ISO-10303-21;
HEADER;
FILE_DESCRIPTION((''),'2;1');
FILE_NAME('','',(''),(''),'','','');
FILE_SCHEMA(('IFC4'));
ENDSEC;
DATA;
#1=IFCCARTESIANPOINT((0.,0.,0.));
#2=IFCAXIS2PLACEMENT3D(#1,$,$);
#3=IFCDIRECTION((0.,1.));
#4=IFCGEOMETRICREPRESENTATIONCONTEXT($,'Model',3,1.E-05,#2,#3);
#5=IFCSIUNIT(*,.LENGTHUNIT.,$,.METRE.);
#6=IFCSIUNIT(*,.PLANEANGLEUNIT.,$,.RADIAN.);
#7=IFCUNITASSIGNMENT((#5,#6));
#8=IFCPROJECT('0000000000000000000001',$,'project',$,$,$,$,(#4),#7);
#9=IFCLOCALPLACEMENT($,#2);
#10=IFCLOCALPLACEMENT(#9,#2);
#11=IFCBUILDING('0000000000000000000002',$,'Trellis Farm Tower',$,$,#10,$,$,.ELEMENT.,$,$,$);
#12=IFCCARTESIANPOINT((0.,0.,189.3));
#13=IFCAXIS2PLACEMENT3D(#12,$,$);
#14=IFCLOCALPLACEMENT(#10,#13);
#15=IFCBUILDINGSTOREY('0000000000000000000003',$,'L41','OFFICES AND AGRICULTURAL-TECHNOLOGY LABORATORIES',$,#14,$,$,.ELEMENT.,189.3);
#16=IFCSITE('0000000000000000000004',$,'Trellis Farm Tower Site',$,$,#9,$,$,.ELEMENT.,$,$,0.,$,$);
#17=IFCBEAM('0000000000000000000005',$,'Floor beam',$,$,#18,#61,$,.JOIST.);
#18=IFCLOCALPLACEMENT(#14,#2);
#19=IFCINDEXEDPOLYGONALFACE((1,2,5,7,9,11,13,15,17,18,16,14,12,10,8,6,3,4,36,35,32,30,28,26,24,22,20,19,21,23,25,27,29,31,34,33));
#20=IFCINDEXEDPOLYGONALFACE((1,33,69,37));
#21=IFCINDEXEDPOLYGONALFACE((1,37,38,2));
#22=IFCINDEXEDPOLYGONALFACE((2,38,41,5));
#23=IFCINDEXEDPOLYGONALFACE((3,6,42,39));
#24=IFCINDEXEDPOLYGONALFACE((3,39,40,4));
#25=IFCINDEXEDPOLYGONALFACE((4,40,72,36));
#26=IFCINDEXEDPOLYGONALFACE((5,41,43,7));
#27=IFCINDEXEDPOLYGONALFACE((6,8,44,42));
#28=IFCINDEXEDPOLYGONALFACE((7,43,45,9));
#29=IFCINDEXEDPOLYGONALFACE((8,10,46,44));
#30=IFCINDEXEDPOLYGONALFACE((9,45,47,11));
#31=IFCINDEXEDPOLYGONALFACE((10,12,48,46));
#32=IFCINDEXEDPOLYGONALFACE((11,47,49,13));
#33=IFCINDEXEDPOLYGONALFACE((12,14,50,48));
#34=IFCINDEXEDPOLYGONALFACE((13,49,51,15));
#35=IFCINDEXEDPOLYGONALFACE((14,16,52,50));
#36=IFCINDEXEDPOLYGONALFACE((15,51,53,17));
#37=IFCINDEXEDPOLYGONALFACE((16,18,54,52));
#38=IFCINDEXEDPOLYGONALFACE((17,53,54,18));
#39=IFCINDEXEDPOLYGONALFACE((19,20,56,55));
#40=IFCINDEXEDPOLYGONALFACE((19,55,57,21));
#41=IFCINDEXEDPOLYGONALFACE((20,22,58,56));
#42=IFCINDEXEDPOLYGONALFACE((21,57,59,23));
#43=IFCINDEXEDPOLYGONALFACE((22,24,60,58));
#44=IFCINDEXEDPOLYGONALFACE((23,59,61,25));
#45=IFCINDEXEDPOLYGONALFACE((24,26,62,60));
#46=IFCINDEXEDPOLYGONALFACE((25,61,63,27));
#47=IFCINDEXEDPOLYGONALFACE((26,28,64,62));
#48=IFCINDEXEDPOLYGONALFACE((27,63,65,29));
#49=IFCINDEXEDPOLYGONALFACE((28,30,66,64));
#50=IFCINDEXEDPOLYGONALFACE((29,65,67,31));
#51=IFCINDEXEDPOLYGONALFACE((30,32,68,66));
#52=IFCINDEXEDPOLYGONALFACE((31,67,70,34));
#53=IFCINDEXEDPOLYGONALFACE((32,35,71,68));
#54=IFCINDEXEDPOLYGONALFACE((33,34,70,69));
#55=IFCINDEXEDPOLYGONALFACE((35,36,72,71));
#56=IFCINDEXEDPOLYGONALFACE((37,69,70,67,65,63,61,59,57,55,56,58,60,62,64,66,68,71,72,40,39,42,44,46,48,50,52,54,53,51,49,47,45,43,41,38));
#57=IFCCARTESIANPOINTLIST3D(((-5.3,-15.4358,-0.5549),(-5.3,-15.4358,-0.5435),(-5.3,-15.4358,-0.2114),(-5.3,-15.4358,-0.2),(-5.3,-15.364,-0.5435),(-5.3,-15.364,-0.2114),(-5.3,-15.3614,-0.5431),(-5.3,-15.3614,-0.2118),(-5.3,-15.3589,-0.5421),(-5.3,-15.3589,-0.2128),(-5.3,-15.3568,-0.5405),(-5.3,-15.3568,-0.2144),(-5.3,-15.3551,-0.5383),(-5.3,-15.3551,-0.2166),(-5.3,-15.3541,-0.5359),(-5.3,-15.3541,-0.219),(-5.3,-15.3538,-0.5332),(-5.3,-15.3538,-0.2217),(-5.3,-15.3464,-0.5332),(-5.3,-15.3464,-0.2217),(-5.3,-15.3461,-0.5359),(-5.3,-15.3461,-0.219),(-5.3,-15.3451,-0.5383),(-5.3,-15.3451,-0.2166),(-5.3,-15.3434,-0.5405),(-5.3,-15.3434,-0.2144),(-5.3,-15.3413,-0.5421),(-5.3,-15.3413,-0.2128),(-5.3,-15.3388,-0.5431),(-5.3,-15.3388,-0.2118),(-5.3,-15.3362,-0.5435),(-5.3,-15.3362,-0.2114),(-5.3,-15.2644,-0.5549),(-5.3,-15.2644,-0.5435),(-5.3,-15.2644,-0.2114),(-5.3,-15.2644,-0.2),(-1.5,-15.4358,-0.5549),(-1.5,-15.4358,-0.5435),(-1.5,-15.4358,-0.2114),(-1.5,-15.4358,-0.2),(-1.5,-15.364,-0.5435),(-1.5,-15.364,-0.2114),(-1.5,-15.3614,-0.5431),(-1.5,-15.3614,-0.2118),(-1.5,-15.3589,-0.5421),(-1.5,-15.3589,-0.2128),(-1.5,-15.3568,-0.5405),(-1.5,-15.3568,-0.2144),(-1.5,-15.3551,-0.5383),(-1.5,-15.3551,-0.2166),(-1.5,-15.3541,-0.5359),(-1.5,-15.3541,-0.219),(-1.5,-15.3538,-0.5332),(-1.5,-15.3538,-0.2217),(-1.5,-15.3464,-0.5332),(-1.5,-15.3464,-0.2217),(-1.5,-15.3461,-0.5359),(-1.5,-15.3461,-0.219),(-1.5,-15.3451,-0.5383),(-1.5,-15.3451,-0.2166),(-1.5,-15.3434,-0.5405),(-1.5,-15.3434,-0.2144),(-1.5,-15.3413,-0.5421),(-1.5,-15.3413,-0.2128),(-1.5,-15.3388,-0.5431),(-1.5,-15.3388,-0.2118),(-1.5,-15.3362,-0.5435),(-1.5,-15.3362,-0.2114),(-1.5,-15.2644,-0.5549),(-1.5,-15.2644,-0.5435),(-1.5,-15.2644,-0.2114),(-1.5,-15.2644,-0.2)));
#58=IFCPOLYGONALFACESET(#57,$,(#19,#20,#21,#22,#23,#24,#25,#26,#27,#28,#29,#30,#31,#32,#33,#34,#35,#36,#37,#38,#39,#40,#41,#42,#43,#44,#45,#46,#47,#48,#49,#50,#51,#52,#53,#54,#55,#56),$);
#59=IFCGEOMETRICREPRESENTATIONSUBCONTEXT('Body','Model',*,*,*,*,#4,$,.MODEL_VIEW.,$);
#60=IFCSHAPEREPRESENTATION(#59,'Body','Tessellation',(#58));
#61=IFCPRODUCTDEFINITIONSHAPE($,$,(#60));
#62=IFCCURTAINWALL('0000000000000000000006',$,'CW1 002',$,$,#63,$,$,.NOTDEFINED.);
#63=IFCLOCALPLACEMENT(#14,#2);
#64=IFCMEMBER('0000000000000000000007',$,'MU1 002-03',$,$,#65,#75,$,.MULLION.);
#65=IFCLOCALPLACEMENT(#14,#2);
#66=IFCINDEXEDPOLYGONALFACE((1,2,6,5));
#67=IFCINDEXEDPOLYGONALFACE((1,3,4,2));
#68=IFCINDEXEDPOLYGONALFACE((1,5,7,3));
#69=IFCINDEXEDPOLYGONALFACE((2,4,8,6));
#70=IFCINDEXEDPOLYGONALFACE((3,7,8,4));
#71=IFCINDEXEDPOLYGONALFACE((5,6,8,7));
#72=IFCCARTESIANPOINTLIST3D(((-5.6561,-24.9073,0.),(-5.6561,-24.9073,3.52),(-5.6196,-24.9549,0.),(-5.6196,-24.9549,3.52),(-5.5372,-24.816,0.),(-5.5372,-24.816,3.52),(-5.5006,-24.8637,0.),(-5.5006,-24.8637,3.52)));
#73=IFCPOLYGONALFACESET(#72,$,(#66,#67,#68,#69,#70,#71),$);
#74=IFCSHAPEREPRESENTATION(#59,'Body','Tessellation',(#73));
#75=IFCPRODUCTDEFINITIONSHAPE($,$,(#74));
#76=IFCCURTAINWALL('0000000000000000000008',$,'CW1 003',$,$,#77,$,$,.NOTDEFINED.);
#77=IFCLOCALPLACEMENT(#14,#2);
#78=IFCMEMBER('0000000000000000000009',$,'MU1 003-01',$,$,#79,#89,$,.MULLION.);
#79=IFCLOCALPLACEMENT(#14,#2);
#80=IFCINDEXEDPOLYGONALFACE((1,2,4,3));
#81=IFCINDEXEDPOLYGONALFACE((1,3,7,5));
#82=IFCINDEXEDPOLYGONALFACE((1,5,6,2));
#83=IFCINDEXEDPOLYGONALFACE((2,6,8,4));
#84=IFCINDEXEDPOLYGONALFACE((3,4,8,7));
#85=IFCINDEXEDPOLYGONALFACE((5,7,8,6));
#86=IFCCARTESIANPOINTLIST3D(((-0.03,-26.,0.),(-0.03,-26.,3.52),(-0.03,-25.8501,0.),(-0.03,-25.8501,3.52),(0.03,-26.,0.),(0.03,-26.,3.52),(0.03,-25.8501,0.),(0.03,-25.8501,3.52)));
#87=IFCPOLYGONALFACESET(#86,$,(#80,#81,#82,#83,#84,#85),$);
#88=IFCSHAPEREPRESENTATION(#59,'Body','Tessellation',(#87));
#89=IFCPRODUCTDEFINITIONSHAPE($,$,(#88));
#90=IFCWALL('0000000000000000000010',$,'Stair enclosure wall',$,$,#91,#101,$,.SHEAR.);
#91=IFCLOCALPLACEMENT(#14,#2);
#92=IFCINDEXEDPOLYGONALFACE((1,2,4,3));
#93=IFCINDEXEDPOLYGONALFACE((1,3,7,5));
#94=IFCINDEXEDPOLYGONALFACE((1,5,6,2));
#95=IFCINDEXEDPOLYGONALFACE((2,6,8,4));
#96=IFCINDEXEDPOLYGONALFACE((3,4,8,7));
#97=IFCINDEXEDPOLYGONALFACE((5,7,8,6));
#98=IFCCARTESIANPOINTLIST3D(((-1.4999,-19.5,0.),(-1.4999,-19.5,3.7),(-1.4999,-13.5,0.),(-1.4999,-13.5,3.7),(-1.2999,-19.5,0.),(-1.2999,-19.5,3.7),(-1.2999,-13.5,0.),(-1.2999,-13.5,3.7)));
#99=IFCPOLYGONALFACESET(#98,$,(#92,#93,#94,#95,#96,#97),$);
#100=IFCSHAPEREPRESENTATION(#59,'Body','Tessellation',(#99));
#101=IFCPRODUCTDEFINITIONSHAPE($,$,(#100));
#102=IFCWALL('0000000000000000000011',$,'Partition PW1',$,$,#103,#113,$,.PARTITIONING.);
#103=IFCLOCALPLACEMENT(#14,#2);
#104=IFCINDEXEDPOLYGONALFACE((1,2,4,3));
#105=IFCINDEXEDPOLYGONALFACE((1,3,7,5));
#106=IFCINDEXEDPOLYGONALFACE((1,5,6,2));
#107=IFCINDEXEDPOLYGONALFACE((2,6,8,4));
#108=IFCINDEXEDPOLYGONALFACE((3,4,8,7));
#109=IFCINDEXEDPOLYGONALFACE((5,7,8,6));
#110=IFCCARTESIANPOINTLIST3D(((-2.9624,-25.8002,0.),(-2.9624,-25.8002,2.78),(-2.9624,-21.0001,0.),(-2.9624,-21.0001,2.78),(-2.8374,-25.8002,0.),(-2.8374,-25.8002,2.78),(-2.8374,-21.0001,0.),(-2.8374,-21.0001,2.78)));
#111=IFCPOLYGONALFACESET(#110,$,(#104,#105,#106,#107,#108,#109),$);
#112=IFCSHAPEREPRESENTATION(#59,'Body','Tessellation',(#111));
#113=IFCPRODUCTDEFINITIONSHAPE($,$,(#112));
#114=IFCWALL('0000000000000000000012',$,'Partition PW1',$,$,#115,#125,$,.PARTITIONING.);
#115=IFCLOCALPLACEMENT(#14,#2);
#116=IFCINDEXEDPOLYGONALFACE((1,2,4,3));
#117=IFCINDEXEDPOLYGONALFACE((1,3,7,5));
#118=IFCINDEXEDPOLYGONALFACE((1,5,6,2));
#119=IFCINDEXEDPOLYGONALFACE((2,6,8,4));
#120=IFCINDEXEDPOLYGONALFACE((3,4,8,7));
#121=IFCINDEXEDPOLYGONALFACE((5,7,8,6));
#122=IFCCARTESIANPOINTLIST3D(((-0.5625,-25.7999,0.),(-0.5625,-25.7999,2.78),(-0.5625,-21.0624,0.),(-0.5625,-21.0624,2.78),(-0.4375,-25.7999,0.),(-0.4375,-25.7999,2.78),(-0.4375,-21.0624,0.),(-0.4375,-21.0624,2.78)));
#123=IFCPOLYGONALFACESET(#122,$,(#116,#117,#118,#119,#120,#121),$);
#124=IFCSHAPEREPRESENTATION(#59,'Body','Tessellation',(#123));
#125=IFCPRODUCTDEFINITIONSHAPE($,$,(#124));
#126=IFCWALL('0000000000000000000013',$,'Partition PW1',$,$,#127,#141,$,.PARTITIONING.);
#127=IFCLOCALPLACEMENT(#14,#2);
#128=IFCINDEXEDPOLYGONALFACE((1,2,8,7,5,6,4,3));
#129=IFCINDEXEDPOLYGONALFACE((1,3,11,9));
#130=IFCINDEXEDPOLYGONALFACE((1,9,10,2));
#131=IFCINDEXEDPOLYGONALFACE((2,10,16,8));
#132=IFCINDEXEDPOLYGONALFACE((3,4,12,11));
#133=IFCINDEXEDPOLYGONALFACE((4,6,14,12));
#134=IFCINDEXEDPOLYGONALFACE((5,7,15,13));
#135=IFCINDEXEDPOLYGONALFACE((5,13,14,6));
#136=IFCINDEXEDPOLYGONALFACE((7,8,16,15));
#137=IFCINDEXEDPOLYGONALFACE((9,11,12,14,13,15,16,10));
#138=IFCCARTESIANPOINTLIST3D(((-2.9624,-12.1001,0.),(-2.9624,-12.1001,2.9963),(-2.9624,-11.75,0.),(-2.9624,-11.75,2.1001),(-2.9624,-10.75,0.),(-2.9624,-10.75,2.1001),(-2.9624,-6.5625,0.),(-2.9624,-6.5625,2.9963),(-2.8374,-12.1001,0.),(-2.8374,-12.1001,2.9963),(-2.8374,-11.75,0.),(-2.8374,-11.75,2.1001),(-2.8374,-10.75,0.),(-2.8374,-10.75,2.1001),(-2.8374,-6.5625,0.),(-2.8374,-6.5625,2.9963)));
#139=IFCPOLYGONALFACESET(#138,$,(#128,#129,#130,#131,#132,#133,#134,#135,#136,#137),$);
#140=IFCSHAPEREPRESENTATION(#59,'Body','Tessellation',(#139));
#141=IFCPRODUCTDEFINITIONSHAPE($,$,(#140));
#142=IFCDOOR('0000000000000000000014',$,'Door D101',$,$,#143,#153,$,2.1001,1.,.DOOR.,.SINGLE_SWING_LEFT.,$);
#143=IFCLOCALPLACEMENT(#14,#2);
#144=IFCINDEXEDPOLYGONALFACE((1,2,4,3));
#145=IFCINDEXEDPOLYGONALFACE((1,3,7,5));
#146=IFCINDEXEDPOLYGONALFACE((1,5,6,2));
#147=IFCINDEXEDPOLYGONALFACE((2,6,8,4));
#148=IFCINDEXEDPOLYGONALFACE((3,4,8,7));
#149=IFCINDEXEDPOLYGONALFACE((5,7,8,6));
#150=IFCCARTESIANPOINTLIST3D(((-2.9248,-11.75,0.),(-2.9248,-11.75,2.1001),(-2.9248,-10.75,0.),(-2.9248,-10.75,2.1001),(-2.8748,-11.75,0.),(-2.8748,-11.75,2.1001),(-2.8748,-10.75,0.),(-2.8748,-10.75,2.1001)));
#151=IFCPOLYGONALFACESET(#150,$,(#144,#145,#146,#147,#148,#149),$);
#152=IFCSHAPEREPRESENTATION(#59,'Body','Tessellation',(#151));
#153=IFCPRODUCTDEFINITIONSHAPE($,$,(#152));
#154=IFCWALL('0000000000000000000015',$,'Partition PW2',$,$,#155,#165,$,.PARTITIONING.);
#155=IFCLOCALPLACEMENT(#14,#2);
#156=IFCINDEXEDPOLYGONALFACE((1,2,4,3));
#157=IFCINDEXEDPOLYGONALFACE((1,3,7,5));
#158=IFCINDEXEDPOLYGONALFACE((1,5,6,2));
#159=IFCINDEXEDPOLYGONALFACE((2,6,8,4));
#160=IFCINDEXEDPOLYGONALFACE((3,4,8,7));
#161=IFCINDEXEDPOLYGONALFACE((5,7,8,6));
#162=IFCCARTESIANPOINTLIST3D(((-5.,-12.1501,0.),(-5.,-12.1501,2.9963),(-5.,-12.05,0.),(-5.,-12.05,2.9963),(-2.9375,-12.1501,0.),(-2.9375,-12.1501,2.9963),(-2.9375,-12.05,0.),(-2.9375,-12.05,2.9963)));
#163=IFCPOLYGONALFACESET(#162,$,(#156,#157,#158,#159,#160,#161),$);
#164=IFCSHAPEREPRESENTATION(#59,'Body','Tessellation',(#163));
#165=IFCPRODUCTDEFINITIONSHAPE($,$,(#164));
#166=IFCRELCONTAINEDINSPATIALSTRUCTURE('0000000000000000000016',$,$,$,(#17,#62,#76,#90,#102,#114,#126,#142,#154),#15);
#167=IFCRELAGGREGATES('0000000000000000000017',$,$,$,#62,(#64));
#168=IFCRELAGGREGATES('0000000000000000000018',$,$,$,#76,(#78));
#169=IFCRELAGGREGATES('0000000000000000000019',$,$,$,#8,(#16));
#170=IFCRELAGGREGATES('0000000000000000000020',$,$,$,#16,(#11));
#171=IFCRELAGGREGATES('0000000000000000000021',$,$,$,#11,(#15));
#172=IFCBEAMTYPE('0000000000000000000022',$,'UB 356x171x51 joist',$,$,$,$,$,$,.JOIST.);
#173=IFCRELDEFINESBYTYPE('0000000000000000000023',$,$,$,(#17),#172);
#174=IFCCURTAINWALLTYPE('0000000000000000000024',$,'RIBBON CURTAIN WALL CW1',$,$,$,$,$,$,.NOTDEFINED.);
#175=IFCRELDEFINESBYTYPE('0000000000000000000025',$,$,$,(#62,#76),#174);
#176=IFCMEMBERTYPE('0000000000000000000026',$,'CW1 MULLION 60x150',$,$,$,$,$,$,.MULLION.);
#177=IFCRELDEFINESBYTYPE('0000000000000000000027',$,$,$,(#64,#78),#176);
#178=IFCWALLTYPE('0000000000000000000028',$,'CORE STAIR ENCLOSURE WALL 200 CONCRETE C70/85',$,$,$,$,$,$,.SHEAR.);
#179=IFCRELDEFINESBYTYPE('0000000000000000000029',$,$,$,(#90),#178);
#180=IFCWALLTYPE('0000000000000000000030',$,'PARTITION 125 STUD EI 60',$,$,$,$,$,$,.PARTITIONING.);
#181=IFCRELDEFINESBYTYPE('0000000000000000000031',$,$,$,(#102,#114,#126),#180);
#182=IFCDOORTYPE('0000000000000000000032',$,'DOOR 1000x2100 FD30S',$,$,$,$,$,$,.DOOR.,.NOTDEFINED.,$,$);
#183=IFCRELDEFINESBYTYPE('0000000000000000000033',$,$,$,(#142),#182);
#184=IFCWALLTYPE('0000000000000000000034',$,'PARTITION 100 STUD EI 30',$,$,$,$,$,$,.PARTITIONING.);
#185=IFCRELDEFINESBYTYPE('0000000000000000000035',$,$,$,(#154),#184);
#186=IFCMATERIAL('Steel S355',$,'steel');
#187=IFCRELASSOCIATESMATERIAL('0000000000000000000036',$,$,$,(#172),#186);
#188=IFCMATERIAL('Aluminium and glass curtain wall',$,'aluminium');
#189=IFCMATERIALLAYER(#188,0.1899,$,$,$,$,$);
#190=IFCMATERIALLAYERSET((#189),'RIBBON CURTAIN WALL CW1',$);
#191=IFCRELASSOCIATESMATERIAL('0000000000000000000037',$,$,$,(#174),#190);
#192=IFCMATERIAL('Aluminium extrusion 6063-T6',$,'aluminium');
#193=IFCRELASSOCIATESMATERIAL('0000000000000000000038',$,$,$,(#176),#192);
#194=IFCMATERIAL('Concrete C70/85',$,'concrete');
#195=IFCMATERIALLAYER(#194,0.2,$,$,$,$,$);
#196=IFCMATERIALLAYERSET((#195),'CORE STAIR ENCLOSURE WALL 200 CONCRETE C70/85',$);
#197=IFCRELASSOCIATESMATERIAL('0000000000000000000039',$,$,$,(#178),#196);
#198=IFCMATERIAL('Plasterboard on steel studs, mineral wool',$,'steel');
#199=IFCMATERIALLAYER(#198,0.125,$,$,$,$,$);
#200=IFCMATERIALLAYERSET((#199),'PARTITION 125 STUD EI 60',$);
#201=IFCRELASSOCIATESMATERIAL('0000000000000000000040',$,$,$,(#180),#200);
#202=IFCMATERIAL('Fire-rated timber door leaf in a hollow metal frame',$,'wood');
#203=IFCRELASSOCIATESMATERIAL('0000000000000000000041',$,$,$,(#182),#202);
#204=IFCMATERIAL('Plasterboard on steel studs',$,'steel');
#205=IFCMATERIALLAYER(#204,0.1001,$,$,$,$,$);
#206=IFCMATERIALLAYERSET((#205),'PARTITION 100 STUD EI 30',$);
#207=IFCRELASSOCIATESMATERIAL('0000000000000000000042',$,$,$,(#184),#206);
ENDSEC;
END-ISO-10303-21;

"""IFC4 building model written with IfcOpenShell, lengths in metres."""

from ifc_helpers import new_model, si_unit, direction, frame, frame_2d, origin, origin_2d, place, context, subcontext, project, spatial, rectangle, i_section, extrude, source, transform, mapped, material, layer, layer_set, material_profile, profile_set, type_object, element, fill, aggregate, save


model = new_model("IFC4")

# Units and contexts
model_context = context("Model", 3, precision=1e-05, world=origin(), true_north=direction((0.0, 1.0)))
body_context = subcontext(model_context, "Body", "Model", "MODEL_VIEW")
ifc_project = project(units=[si_unit("LENGTHUNIT", "METRE"), si_unit("PLANEANGLEUNIT", "RADIAN")], contexts=[model_context])

# Site, building, storey
site_placement = place(None, origin())
site = spatial("IfcSite", under=ifc_project, at=site_placement, Name="Trellis Farm Tower Site", CompositionType="ELEMENT", RefElevation=0.0)
building_placement = place(site_placement, origin())
building = spatial("IfcBuilding", under=site, at=building_placement, Name="Trellis Farm Tower", CompositionType="ELEMENT")
storey_placement = place(building_placement, frame((0.0, 0.0, 189.3)))
storey = spatial("IfcBuildingStorey", under=building, at=storey_placement, Name="L41", Description="OFFICES AND AGRICULTURAL-TECHNOLOGY LABORATORIES", CompositionType="ELEMENT", Elevation=189.3)

# Shared definitions
ifc_material_1 = material(Name="Concrete C70/85", Category="concrete")

# Beam
ifc_material_2 = material(Name="Steel S355", Category="steel")
ifc_material_profile_1 = material_profile(ifc_material_2, i_section(OverallWidth=0.1714, OverallDepth=0.355, WebThickness=0.0073, FlangeThickness=0.0115, FilletRadius=0.0103, at=origin_2d()), Name="UB 356x171x51")
ifc_profile_set_1 = profile_set([ifc_material_profile_1], Name="Steel S355")
beam_type_1 = type_object("IfcBeamType", Name="UB 356x171x51 joist", PredefinedType="JOIST", material=ifc_profile_set_1)
shared_shape_1 = source(origin(), body_context, "Body", "SweptSolid", [
    extrude(i_section(OverallWidth=0.1714, OverallDepth=0.355, WebThickness=0.0073, FlangeThickness=0.0115, FilletRadius=0.0103, at=origin_2d()), origin(), (0.0, 0.0, 1.0), 3.8),
])
beam_1_placement = place(storey_placement, frame((-5.3, -15.3501, -0.3774), z_axis=(1.0, 0.0, 0.0), x_axis=(0.0, 1.0, 0.0)))
element("IfcBeam", 1, at=beam_1_placement, inside=storey, type_object=beam_type_1, Name="Floor beam", PredefinedType="JOIST", context=body_context, shape_type="MappedRepresentation", body=[
    mapped(shared_shape_1, transform((0.0, 0.0, 0.0))),
])

# Curtain walls, members
ifc_material_3 = material(Name="Aluminium and glass curtain wall", Category="aluminium")
ifc_layer_1 = layer(ifc_material_3, 0.1899)
ifc_layer_set_1 = layer_set([ifc_layer_1], Name="RIBBON CURTAIN WALL CW1")
curtain_wall_type = type_object("IfcCurtainWallType", Name="RIBBON CURTAIN WALL CW1", PredefinedType="NOTDEFINED", material=ifc_layer_set_1)
placement = place(storey_placement, origin())
curtain_wall_1 = element("IfcCurtainWall", 2, at=placement, inside=storey, type_object=curtain_wall_type, Name="CW1 002", PredefinedType="NOTDEFINED")
ifc_material_4 = material(Name="Aluminium extrusion 6063-T6", Category="aluminium")
ifc_material_profile_2 = material_profile(ifc_material_4, rectangle(XDim=0.0601, YDim=0.1499, at=origin_2d()), Name="MULLION 60x150")
ifc_profile_set_2 = profile_set([ifc_material_profile_2], Name="Aluminium extrusion 6063-T6")
member_type = type_object("IfcMemberType", Name="CW1 MULLION 60x150", PredefinedType="MULLION", material=ifc_profile_set_2)
shared_shape_2 = source(origin(), body_context, "Body", "SweptSolid", [
    extrude(rectangle(XDim=0.0601, YDim=0.1499, at=origin_2d()), origin(), (0.0, 0.0, 1.0), 3.52),
])
member_1_placement = place(storey_placement, frame((-5.5784, -24.8855, 0.0), z_axis=(0.0, 0.0, 1.0), x_axis=(0.608761, -0.793353, 0.0)))
member_1 = element("IfcMember", 3, at=member_1_placement, type_object=member_type, Name="MU1 002-03", PredefinedType="MULLION", context=body_context, shape_type="MappedRepresentation", body=[
    mapped(shared_shape_2, transform((0.0, 0.0, 0.0))),
])
aggregate(curtain_wall_1, [member_1])
curtain_wall_2 = element("IfcCurtainWall", 4, at=placement, inside=storey, type_object=curtain_wall_type, Name="CW1 003", PredefinedType="NOTDEFINED")
member_2_placement = place(storey_placement, frame((0.0, -25.925, 0.0), z_axis=(0.0, 0.0, 1.0), x_axis=(1.0, 0.0, 0.0)))
member_2 = element("IfcMember", 5, at=member_2_placement, type_object=member_type, Name="MU1 003-01", PredefinedType="MULLION", context=body_context, shape_type="MappedRepresentation", body=[
    mapped(shared_shape_2, transform((0.0, 0.0, 0.0))),
])
aggregate(curtain_wall_2, [member_2])

# Walls
ifc_layer_2 = layer(ifc_material_1, 0.2)
ifc_layer_set_2 = layer_set([ifc_layer_2], Name="CORE STAIR ENCLOSURE WALL 200 CONCRETE C70/85")
wall_type_1 = type_object("IfcWallType", Name="CORE STAIR ENCLOSURE WALL 200 CONCRETE C70/85", PredefinedType="SHEAR", material=ifc_layer_set_2)
shared_shape_3 = source(origin(), body_context, "Body", "SweptSolid", [
    extrude(rectangle(XDim=6.0, YDim=0.2, at=frame_2d((3.0, 0.0))), origin(), (0.0, 0.0, 1.0), 3.7),
])
wall_1_placement = place(storey_placement, frame((-1.3999, -13.5, 0.0), z_axis=(0.0, 0.0, 1.0), x_axis=(0.0, -1.0, 0.0)))
element("IfcWall", 6, at=wall_1_placement, inside=storey, type_object=wall_type_1, Name="Stair enclosure wall", PredefinedType="SHEAR", context=body_context, shape_type="MappedRepresentation", body=[
    mapped(shared_shape_3, transform((0.0, 0.0, 0.0))),
])
ifc_material_5 = material(Name="Plasterboard on steel studs, mineral wool", Category="steel")
ifc_layer_3 = layer(ifc_material_5, 0.125)
ifc_layer_set_3 = layer_set([ifc_layer_3], Name="PARTITION 125 STUD EI 60")
wall_type_2 = type_object("IfcWallType", Name="PARTITION 125 STUD EI 60", PredefinedType="PARTITIONING", material=ifc_layer_set_3)
shared_shape_4 = source(origin(), body_context, "Body", "SweptSolid", [
    extrude(rectangle(XDim=4.8, YDim=0.125, at=frame_2d((2.3999, 0.0))), origin(), (0.0, 0.0, 1.0), 2.78),
])
wall_2_placement = place(storey_placement, frame((-2.8999, -25.8, 0.0), z_axis=(0.0, 0.0, 1.0), x_axis=(0.0, 1.0, 0.0)))
element("IfcWall", 7, at=wall_2_placement, inside=storey, type_object=wall_type_2, Name="Partition PW1", PredefinedType="PARTITIONING", context=body_context, shape_type="MappedRepresentation", body=[
    mapped(shared_shape_4, transform((0.0, 0.0, 0.0))),
])
shared_shape_5 = source(origin(), body_context, "Body", "SweptSolid", [
    extrude(rectangle(XDim=4.7375, YDim=0.125, at=frame_2d((2.3687, 0.0))), origin(), (0.0, 0.0, 1.0), 2.78),
])
wall_3_placement = place(storey_placement, frame((-0.5, -21.0625, 0.0), z_axis=(0.0, 0.0, 1.0), x_axis=(0.0, -1.0, 0.0)))
element("IfcWall", 8, at=wall_3_placement, inside=storey, type_object=wall_type_2, Name="Partition PW1", PredefinedType="PARTITIONING", context=body_context, shape_type="MappedRepresentation", body=[
    mapped(shared_shape_5, transform((0.0, 0.0, 0.0))),
])

# Wall, opening, door
shared_shape_6 = source(origin(), body_context, "Body", "SweptSolid", [
    extrude(rectangle(XDim=5.5376, YDim=0.125, at=frame_2d((2.7688, 0.0))), origin(), (0.0, 0.0, 1.0), 2.9963),
])
wall_4_placement = place(storey_placement, frame((-2.8999, -12.1001, 0.0), z_axis=(0.0, 0.0, 1.0), x_axis=(0.0, 1.0, 0.0)))
wall_4 = element("IfcWall", 9, at=wall_4_placement, inside=storey, type_object=wall_type_2, Name="Partition PW1", PredefinedType="PARTITIONING", context=body_context, shape_type="MappedRepresentation", body=[
    mapped(shared_shape_6, transform((0.0, 0.0, 0.0))),
])
shared_shape_7 = source(origin(), body_context, "Body", "SweptSolid", [
    extrude(rectangle(XDim=1.0, YDim=2.1001, at=frame_2d((0.5, 1.05))), frame((0.0, 0.0725, 0.0), z_axis=(0.0, -1.0, 0.0), x_axis=(1.0, 0.0, 0.0)), (0.0, 0.0, 1.0), 0.145),
])
opening_1_placement = place(wall_4_placement, frame((0.3501, 0.0, 0.0)))
opening_1 = element("IfcOpeningElement", 10, at=opening_1_placement, cuts=wall_4, PredefinedType="OPENING", context=body_context, shape_type="MappedRepresentation", body=[
    mapped(shared_shape_7, transform((0.0, 0.0, 0.0))),
])
ifc_material_6 = material(Name="Fire-rated timber door leaf in a hollow metal frame", Category="wood")
door_type_1 = type_object("IfcDoorType", Name="DOOR 1000x2100 FD30S", OperationType="NOTDEFINED", PredefinedType="DOOR", material=ifc_material_6)
shared_shape_8 = source(origin(), body_context, "Body", "SweptSolid", [
    extrude(rectangle(XDim=1.0, YDim=2.1001, at=frame_2d((0.5, 1.05))), frame((0.0, 0.0249, 0.0), z_axis=(0.0, -1.0, 0.0), x_axis=(1.0, 0.0, 0.0)), (0.0, 0.0, 1.0), 0.05),
])
door_1_placement = place(opening_1_placement, origin())
door_1 = element("IfcDoor", 11, at=door_1_placement, inside=storey, type_object=door_type_1, Name="Door D101", OperationType="SINGLE_SWING_LEFT", OverallHeight=2.1001, OverallWidth=1.0, PredefinedType="DOOR", context=body_context, shape_type="MappedRepresentation", body=[
    mapped(shared_shape_8, transform((0.0, 0.0, 0.0))),
])
fill(opening_1, door_1)

# Wall
ifc_material_7 = material(Name="Plasterboard on steel studs", Category="steel")
ifc_layer_4 = layer(ifc_material_7, 0.1001)
ifc_layer_set_4 = layer_set([ifc_layer_4], Name="PARTITION 100 STUD EI 30")
wall_type_3 = type_object("IfcWallType", Name="PARTITION 100 STUD EI 30", PredefinedType="PARTITIONING", material=ifc_layer_set_4)
shared_shape_9 = source(origin(), body_context, "Body", "SweptSolid", [
    extrude(rectangle(XDim=2.0625, YDim=0.1001, at=frame_2d((1.0312, 0.0))), origin(), (0.0, 0.0, 1.0), 2.9963),
])
wall_5_placement = place(storey_placement, frame((-5.0, -12.1001, 0.0), z_axis=(0.0, 0.0, 1.0), x_axis=(1.0, 0.0, 0.0)))
element("IfcWall", 12, at=wall_5_placement, inside=storey, type_object=wall_type_3, Name="Partition PW2", PredefinedType="PARTITIONING", context=body_context, shape_type="MappedRepresentation", body=[
    mapped(shared_shape_9, transform((0.0, 0.0, 0.0))),
])

save(model, "model.ifc")
